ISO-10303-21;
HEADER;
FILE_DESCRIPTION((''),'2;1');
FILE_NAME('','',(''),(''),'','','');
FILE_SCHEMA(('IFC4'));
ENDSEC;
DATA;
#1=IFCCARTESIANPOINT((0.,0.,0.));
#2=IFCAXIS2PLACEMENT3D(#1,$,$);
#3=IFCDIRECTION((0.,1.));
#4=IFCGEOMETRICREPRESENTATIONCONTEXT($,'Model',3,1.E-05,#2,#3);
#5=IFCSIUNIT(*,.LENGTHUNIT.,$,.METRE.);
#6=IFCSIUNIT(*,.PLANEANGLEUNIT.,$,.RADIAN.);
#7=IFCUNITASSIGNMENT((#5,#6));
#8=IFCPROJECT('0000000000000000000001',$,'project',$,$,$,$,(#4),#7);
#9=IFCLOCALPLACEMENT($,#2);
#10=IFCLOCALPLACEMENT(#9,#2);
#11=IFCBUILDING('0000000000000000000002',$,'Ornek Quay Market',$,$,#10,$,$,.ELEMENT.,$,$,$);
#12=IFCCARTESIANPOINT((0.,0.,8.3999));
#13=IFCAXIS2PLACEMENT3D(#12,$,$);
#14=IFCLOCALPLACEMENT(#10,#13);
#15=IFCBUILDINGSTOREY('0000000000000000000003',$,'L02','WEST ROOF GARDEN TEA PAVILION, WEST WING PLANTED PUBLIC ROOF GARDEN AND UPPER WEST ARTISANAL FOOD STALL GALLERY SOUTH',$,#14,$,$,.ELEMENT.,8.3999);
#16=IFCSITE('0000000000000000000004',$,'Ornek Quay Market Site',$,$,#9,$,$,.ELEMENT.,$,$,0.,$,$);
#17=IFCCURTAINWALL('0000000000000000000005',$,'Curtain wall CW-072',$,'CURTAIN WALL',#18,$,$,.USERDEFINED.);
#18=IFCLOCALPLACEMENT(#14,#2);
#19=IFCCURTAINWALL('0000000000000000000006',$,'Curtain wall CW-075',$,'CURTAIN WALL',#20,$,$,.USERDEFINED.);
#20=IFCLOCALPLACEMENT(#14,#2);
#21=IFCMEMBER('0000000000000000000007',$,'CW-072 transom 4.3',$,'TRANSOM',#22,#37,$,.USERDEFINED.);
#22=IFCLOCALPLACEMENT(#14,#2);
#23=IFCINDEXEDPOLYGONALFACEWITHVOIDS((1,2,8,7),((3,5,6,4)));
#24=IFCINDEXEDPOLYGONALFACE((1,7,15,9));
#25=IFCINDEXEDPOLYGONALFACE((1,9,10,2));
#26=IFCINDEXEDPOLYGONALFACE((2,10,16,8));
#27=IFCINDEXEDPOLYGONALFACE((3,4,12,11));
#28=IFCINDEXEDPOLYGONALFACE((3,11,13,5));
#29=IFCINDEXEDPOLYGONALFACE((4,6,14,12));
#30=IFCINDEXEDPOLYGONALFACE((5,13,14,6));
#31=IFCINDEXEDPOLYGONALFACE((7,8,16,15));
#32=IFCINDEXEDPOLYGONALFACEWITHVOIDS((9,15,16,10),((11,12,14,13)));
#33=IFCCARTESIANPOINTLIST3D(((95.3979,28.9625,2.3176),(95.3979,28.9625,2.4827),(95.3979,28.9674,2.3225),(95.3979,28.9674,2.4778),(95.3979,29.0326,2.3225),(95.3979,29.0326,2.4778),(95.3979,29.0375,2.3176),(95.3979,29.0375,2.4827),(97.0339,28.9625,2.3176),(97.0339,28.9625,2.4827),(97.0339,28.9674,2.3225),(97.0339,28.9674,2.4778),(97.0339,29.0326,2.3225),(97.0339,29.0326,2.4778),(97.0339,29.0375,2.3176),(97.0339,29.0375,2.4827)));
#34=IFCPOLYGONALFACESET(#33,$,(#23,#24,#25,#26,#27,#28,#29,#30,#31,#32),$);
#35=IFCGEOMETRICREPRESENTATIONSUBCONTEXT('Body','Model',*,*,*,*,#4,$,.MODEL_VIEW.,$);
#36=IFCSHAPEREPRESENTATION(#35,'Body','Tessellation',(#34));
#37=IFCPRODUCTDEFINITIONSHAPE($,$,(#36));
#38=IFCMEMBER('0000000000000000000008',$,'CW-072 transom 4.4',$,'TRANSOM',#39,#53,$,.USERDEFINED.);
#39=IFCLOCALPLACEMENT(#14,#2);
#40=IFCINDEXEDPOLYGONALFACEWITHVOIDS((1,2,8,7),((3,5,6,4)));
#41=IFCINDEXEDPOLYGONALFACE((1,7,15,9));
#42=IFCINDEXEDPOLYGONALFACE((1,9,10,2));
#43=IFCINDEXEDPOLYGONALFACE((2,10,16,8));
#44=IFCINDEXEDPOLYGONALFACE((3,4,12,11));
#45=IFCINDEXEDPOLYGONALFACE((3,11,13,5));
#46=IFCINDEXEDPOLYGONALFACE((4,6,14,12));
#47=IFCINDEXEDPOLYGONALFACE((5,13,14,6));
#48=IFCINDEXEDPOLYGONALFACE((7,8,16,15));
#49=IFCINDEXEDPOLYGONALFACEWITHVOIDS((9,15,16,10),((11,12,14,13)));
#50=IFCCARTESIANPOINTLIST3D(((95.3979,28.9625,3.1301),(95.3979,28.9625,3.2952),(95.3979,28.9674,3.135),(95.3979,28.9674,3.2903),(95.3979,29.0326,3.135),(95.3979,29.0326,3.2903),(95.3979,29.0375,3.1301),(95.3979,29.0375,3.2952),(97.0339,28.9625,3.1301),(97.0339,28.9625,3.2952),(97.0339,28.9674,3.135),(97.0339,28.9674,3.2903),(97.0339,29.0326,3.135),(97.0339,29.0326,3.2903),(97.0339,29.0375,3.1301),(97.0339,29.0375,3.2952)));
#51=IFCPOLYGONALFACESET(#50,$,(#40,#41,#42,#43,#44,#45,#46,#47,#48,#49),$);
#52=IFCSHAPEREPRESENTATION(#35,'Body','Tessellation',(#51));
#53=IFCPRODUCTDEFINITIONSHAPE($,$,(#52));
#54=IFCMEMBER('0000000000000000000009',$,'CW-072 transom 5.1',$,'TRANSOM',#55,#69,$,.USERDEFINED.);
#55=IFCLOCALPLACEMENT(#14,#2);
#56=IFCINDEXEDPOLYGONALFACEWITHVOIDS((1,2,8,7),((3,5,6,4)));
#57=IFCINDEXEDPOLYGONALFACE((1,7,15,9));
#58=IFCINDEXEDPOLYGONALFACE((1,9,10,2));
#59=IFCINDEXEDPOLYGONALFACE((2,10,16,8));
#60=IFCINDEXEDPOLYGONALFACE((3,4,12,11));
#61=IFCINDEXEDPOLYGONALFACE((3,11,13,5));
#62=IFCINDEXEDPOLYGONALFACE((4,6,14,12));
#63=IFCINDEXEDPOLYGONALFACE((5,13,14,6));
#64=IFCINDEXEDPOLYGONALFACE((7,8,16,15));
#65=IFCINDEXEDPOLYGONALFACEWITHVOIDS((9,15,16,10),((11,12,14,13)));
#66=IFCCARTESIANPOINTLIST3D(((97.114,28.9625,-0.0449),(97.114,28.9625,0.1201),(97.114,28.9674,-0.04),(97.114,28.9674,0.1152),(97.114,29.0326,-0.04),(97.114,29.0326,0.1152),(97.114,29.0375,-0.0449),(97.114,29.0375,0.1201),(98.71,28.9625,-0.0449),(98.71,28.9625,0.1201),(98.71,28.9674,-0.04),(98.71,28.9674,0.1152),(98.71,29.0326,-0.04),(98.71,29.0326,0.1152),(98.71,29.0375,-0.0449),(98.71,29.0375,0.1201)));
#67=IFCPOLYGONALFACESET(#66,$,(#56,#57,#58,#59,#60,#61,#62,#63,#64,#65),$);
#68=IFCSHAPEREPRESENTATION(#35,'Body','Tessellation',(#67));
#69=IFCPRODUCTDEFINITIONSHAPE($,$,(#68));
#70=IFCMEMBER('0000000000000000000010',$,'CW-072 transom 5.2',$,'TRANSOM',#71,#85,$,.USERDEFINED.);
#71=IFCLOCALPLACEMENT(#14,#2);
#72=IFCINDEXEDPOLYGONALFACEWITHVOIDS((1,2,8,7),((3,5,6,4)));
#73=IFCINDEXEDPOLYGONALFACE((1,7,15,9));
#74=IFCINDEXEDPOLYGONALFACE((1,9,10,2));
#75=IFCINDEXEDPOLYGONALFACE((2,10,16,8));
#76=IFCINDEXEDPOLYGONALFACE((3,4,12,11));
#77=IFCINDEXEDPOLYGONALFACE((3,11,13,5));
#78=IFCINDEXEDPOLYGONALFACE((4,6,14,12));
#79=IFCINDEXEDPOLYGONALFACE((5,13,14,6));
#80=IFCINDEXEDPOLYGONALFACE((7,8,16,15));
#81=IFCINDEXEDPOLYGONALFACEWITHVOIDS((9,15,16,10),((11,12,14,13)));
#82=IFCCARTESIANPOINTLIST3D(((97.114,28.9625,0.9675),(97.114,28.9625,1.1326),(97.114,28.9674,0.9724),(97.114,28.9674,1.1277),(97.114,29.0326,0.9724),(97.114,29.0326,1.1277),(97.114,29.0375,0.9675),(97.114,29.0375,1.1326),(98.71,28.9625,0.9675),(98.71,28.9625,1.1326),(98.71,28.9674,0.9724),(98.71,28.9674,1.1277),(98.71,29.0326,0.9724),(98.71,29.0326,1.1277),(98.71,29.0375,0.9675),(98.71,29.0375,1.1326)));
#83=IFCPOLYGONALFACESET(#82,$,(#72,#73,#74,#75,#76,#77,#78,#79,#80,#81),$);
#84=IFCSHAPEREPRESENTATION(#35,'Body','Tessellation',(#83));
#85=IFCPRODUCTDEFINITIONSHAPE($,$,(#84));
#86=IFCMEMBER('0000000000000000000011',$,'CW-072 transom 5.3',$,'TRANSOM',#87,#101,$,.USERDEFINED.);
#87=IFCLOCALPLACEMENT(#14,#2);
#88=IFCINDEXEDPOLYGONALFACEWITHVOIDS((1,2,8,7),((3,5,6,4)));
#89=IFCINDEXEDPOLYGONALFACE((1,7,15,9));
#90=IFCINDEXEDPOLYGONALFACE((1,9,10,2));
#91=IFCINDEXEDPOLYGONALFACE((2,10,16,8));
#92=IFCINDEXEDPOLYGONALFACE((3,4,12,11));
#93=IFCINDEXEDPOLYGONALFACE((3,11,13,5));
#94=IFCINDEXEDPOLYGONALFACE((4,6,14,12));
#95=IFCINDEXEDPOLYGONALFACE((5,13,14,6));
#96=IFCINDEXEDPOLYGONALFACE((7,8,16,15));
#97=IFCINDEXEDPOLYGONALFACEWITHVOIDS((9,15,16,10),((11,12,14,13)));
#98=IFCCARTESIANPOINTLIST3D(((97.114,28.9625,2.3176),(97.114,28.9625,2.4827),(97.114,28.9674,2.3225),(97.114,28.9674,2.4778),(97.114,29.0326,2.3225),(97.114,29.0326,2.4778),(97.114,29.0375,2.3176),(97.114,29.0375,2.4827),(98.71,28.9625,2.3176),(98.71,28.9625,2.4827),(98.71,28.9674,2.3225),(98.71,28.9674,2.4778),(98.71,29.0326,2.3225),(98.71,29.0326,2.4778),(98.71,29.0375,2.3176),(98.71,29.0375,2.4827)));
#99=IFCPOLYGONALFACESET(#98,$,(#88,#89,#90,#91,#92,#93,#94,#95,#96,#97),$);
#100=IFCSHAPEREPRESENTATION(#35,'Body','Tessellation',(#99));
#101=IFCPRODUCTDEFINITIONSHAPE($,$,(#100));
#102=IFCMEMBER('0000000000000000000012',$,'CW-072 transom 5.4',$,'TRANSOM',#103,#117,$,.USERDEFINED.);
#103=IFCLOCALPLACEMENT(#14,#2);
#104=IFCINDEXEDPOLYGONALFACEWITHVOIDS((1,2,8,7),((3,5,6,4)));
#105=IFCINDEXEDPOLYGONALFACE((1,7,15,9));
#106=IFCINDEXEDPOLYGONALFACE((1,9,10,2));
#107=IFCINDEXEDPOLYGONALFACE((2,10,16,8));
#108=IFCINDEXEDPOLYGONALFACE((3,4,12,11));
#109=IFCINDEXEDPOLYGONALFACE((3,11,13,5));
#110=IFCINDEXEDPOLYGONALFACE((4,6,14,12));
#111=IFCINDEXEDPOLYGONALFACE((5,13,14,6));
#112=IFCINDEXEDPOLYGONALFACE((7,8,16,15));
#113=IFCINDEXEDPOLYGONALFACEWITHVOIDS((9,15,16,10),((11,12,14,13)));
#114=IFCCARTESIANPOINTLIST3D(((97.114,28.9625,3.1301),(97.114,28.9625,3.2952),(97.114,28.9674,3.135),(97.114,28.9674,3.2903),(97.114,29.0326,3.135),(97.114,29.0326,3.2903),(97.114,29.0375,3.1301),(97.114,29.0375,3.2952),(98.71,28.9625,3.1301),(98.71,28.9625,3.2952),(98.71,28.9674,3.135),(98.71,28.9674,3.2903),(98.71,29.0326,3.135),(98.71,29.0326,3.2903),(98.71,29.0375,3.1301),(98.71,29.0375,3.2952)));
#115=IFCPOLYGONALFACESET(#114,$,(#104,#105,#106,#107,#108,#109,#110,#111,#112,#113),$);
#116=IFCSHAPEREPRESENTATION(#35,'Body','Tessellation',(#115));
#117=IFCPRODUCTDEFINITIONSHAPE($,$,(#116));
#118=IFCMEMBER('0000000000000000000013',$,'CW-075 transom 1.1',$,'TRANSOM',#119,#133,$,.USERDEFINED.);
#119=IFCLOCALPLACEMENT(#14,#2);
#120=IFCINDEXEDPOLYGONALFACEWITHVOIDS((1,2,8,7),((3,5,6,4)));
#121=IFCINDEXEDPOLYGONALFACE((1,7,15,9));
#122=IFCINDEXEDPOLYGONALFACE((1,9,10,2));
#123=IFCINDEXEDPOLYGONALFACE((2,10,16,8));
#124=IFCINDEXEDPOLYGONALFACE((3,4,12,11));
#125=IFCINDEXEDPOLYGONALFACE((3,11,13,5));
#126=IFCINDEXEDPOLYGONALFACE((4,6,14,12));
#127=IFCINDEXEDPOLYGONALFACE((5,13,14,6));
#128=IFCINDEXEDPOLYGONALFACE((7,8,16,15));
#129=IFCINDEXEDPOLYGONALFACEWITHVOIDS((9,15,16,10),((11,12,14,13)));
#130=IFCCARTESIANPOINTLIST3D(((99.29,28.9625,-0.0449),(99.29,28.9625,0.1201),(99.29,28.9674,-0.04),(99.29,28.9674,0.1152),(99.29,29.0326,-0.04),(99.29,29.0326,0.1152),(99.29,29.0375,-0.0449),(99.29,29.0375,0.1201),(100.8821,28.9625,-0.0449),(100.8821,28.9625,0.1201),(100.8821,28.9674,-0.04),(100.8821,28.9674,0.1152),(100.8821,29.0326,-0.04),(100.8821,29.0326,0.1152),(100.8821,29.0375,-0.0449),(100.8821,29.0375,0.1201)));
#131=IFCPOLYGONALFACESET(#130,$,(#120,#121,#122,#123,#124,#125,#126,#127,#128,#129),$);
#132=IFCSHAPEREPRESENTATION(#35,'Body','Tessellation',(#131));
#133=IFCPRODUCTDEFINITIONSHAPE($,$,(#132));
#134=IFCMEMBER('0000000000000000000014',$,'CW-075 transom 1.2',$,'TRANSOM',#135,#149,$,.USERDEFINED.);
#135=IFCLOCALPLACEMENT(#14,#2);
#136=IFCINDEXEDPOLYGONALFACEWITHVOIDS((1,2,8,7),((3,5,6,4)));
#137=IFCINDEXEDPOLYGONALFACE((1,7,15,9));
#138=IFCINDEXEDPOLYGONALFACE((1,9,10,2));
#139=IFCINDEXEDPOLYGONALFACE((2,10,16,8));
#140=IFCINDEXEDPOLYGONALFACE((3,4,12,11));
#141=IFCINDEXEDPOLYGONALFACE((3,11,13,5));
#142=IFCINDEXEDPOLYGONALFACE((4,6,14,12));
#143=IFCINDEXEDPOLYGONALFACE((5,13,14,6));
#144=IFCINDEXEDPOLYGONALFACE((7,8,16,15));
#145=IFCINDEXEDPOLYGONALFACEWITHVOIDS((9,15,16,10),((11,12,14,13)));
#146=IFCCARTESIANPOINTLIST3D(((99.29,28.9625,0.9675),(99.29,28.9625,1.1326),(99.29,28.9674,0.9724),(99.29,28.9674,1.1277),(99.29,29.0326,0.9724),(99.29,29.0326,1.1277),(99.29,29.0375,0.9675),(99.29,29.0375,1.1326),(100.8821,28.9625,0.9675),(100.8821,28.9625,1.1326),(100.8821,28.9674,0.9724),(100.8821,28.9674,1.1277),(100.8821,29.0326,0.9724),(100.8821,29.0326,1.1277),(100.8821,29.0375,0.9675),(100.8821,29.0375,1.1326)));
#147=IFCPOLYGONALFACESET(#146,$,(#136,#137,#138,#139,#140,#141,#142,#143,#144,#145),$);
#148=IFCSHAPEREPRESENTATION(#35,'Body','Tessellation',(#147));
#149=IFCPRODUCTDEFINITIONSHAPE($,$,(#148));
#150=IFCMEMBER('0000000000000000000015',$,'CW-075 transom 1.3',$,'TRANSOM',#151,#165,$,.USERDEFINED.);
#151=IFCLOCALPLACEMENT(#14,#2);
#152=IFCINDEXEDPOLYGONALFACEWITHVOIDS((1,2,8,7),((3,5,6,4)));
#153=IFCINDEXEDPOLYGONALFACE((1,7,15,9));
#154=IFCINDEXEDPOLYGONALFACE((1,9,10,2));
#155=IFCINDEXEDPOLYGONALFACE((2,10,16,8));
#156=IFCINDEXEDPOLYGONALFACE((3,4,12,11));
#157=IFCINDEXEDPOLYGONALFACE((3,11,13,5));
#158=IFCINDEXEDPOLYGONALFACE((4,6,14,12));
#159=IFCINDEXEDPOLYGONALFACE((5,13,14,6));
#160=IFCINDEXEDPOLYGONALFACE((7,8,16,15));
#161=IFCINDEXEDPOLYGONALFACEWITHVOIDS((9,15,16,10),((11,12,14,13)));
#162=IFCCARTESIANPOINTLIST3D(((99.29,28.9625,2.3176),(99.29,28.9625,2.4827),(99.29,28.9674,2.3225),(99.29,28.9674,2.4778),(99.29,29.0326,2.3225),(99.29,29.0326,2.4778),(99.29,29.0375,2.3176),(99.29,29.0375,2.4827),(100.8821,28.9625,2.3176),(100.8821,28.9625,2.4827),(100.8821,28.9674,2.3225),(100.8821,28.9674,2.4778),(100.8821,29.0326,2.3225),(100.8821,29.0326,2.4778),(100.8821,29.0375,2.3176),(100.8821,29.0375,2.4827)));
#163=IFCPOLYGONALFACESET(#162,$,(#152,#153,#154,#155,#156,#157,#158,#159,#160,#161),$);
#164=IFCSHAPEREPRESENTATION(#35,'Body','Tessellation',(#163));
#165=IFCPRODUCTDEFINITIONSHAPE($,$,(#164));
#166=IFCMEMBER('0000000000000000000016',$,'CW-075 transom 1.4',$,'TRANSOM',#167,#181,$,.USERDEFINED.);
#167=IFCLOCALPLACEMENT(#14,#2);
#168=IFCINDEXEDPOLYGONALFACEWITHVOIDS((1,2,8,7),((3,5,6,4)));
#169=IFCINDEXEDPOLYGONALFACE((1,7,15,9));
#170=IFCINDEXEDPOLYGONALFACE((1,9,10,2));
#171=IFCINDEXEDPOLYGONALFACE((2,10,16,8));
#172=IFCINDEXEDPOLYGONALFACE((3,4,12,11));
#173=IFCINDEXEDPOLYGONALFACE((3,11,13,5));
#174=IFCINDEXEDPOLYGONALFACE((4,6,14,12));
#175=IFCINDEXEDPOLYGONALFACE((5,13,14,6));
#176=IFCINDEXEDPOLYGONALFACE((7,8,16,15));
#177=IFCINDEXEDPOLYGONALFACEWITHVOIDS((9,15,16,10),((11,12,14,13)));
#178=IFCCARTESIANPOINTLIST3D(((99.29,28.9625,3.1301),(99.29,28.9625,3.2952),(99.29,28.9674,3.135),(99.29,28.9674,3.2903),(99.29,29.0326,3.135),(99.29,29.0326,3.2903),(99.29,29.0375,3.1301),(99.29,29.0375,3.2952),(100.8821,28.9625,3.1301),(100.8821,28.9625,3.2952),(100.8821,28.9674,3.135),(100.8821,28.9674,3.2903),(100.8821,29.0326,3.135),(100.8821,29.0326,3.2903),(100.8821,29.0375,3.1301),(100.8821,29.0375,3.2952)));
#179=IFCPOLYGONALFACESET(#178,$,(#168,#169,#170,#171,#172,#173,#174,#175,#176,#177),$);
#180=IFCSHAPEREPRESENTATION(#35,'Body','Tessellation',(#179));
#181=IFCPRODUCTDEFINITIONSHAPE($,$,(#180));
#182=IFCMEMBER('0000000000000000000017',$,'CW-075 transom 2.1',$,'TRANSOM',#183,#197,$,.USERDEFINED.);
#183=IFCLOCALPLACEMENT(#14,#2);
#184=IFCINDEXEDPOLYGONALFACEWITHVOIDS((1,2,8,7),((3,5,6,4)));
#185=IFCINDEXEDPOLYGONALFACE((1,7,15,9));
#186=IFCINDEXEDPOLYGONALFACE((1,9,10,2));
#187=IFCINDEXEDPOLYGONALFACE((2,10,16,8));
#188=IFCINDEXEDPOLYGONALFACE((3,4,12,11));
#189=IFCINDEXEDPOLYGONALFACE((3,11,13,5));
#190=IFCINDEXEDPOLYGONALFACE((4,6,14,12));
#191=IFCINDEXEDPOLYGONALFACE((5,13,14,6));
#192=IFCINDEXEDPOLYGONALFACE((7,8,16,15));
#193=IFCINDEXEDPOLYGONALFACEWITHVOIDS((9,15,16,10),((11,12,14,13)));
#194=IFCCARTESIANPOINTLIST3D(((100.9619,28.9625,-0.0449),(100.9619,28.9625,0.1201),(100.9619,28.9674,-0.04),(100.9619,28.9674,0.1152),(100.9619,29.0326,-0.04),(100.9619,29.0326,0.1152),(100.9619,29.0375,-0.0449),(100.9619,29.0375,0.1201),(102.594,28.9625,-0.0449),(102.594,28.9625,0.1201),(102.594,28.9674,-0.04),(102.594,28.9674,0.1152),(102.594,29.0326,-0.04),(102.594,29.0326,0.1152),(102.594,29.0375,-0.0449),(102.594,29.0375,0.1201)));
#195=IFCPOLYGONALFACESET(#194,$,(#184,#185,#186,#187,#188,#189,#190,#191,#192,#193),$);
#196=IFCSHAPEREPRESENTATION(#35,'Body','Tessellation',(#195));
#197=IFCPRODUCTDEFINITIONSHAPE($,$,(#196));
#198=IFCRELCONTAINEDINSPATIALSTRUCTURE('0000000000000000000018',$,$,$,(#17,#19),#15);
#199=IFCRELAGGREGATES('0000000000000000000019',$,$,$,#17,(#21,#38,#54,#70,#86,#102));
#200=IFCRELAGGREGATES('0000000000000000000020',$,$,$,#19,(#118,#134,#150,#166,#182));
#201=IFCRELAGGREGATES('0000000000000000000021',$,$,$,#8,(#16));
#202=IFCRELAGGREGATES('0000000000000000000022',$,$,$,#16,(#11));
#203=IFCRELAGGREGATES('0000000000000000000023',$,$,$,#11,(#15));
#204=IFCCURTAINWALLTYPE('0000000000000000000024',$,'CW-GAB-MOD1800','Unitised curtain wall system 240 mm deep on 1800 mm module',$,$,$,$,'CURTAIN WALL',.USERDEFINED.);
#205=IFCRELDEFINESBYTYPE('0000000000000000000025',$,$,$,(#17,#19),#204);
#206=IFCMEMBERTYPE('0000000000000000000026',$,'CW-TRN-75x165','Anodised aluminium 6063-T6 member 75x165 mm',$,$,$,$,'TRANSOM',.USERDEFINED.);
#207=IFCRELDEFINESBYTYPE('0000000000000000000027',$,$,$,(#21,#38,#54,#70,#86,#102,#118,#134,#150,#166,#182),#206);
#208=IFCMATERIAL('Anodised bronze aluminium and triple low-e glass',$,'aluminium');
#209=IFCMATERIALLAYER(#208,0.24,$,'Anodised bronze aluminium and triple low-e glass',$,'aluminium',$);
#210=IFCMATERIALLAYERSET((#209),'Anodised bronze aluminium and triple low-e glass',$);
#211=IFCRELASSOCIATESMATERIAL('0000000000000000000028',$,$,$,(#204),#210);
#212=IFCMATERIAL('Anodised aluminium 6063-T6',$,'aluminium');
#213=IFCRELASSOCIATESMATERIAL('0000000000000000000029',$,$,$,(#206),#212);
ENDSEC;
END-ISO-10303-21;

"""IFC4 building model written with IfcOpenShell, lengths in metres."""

from ifc_helpers import new_model, si_unit, direction, frame, origin, origin_2d, place, context, subcontext, project, spatial, hollow_rectangle, extrude, material, layer, layer_set, material_profile, profile_set, type_object, element, aggregate, save


model = new_model("IFC4")

# Units and contexts
model_context = context("Model", 3, precision=1e-05, world=origin(), true_north=direction((0.0, 1.0)))
body_context = subcontext(model_context, "Body", "Model", "MODEL_VIEW")
ifc_project = project(units=[si_unit("LENGTHUNIT", "METRE"), si_unit("PLANEANGLEUNIT", "RADIAN")], contexts=[model_context])

# Site, building, storey
site_placement = place(None, origin())
site = spatial("IfcSite", under=ifc_project, at=site_placement, Name="Ornek Quay Market Site", CompositionType="ELEMENT", RefElevation=0.0)
building_placement = place(site_placement, origin())
building = spatial("IfcBuilding", under=site, at=building_placement, Name="Ornek Quay Market", CompositionType="ELEMENT")
storey_placement = place(building_placement, frame((0.0, 0.0, 8.3999)))
storey = spatial("IfcBuildingStorey", under=building, at=storey_placement, Name="L02", Description="WEST ROOF GARDEN TEA PAVILION, WEST WING PLANTED PUBLIC ROOF GARDEN AND UPPER WEST ARTISANAL FOOD STALL GALLERY SOUTH", CompositionType="ELEMENT", Elevation=8.3999)

# Curtain walls
ifc_material_1 = material(Name="Anodised bronze aluminium and triple low-e glass", Category="aluminium")
ifc_layer_1 = layer(ifc_material_1, 0.24, Name="Anodised bronze aluminium and triple low-e glass", Category="aluminium")
ifc_layer_set_1 = layer_set([ifc_layer_1], Name="Anodised bronze aluminium and triple low-e glass")
curtain_wall_type = type_object("IfcCurtainWallType", Name="CW-GAB-MOD1800", Description="Unitised curtain wall system 240 mm deep on 1800 mm module", ElementType="CURTAIN WALL", PredefinedType="USERDEFINED", material=ifc_layer_set_1)
curtain_wall_1_placement = place(storey_placement, origin())
curtain_wall_1 = element("IfcCurtainWall", 1, at=curtain_wall_1_placement, inside=storey, type_object=curtain_wall_type, Name="Curtain wall CW-072", ObjectType="CURTAIN WALL", PredefinedType="USERDEFINED")
ifc_material_2 = material(Name="Anodised aluminium 6063-T6", Category="aluminium")
curtain_wall_2_placement = place(storey_placement, origin())
curtain_wall_2 = element("IfcCurtainWall", 2, at=curtain_wall_2_placement, inside=storey, type_object=curtain_wall_type, Name="Curtain wall CW-075", ObjectType="CURTAIN WALL", PredefinedType="USERDEFINED")

# Members
ifc_material_profile_1 = material_profile(ifc_material_2, hollow_rectangle(XDim=0.075, YDim=0.165, WallThickness=0.0049, at=origin_2d()), Name="CW-TRN-75x165", Category="aluminium")
ifc_profile_set_1 = profile_set([ifc_material_profile_1], Name="Anodised aluminium 6063-T6")
member_type_1 = type_object("IfcMemberType", Name="CW-TRN-75x165", Description="Anodised aluminium 6063-T6 member 75x165 mm", ElementType="TRANSOM", PredefinedType="USERDEFINED", material=ifc_profile_set_1)
member_1_placement = place(storey_placement, frame((95.3979, 29.0, 2.4001), z_axis=(1.0, 0.0, 0.0), x_axis=(0.0, 1.0, 0.0)))
member_1 = element("IfcMember", 3, at=member_1_placement, type_object=member_type_1, Name="CW-072 transom 4.3", ObjectType="TRANSOM", PredefinedType="USERDEFINED", context=body_context, shape_type="SweptSolid", body=[
    extrude(hollow_rectangle(XDim=0.075, YDim=0.165, WallThickness=0.0049, at=origin_2d()), origin(), (0.0, 0.0, 1.0), 1.636),
])
member_2_placement = place(storey_placement, frame((95.3979, 29.0, 3.2126), z_axis=(1.0, 0.0, 0.0), x_axis=(0.0, 1.0, 0.0)))
member_2 = element("IfcMember", 4, at=member_2_placement, type_object=member_type_1, Name="CW-072 transom 4.4", ObjectType="TRANSOM", PredefinedType="USERDEFINED", context=body_context, shape_type="SweptSolid", body=[
    extrude(hollow_rectangle(XDim=0.075, YDim=0.165, WallThickness=0.0049, at=origin_2d()), origin(), (0.0, 0.0, 1.0), 1.636),
])
member_3_placement = place(storey_placement, frame((97.114, 29.0, 0.0376), z_axis=(1.0, 0.0, 0.0), x_axis=(0.0, 1.0, 0.0)))
member_3 = element("IfcMember", 5, at=member_3_placement, type_object=member_type_1, Name="CW-072 transom 5.1", ObjectType="TRANSOM", PredefinedType="USERDEFINED", context=body_context, shape_type="SweptSolid", body=[
    extrude(hollow_rectangle(XDim=0.075, YDim=0.165, WallThickness=0.0049, at=origin_2d()), origin(), (0.0, 0.0, 1.0), 1.5959),
])
member_4_placement = place(storey_placement, frame((97.114, 29.0, 1.05), z_axis=(1.0, 0.0, 0.0), x_axis=(0.0, 1.0, 0.0)))
member_4 = element("IfcMember", 6, at=member_4_placement, type_object=member_type_1, Name="CW-072 transom 5.2", ObjectType="TRANSOM", PredefinedType="USERDEFINED", context=body_context, shape_type="SweptSolid", body=[
    extrude(hollow_rectangle(XDim=0.075, YDim=0.165, WallThickness=0.0049, at=origin_2d()), origin(), (0.0, 0.0, 1.0), 1.5959),
])
member_5_placement = place(storey_placement, frame((97.114, 29.0, 2.4001), z_axis=(1.0, 0.0, 0.0), x_axis=(0.0, 1.0, 0.0)))
member_5 = element("IfcMember", 7, at=member_5_placement, type_object=member_type_1, Name="CW-072 transom 5.3", ObjectType="TRANSOM", PredefinedType="USERDEFINED", context=body_context, shape_type="SweptSolid", body=[
    extrude(hollow_rectangle(XDim=0.075, YDim=0.165, WallThickness=0.0049, at=origin_2d()), origin(), (0.0, 0.0, 1.0), 1.5959),
])
member_6_placement = place(storey_placement, frame((97.114, 29.0, 3.2126), z_axis=(1.0, 0.0, 0.0), x_axis=(0.0, 1.0, 0.0)))
member_6 = element("IfcMember", 8, at=member_6_placement, type_object=member_type_1, Name="CW-072 transom 5.4", ObjectType="TRANSOM", PredefinedType="USERDEFINED", context=body_context, shape_type="SweptSolid", body=[
    extrude(hollow_rectangle(XDim=0.075, YDim=0.165, WallThickness=0.0049, at=origin_2d()), origin(), (0.0, 0.0, 1.0), 1.5959),
])
member_7_placement = place(storey_placement, frame((99.29, 29.0, 0.0376), z_axis=(1.0, 0.0, 0.0), x_axis=(0.0, 1.0, 0.0)))
member_7 = element("IfcMember", 9, at=member_7_placement, type_object=member_type_1, Name="CW-075 transom 1.1", ObjectType="TRANSOM", PredefinedType="USERDEFINED", context=body_context, shape_type="SweptSolid", body=[
    extrude(hollow_rectangle(XDim=0.075, YDim=0.165, WallThickness=0.0049, at=origin_2d()), origin(), (0.0, 0.0, 1.0), 1.592),
])
member_8_placement = place(storey_placement, frame((99.29, 29.0, 1.05), z_axis=(1.0, 0.0, 0.0), x_axis=(0.0, 1.0, 0.0)))
member_8 = element("IfcMember", 10, at=member_8_placement, type_object=member_type_1, Name="CW-075 transom 1.2", ObjectType="TRANSOM", PredefinedType="USERDEFINED", context=body_context, shape_type="SweptSolid", body=[
    extrude(hollow_rectangle(XDim=0.075, YDim=0.165, WallThickness=0.0049, at=origin_2d()), origin(), (0.0, 0.0, 1.0), 1.592),
])
member_9_placement = place(storey_placement, frame((99.29, 29.0, 2.4001), z_axis=(1.0, 0.0, 0.0), x_axis=(0.0, 1.0, 0.0)))
member_9 = element("IfcMember", 11, at=member_9_placement, type_object=member_type_1, Name="CW-075 transom 1.3", ObjectType="TRANSOM", PredefinedType="USERDEFINED", context=body_context, shape_type="SweptSolid", body=[
    extrude(hollow_rectangle(XDim=0.075, YDim=0.165, WallThickness=0.0049, at=origin_2d()), origin(), (0.0, 0.0, 1.0), 1.592),
])
member_10_placement = place(storey_placement, frame((99.29, 29.0, 3.2126), z_axis=(1.0, 0.0, 0.0), x_axis=(0.0, 1.0, 0.0)))
member_10 = element("IfcMember", 12, at=member_10_placement, type_object=member_type_1, Name="CW-075 transom 1.4", ObjectType="TRANSOM", PredefinedType="USERDEFINED", context=body_context, shape_type="SweptSolid", body=[
    extrude(hollow_rectangle(XDim=0.075, YDim=0.165, WallThickness=0.0049, at=origin_2d()), origin(), (0.0, 0.0, 1.0), 1.592),
])
member_11_placement = place(storey_placement, frame((100.9619, 29.0, 0.0376), z_axis=(1.0, 0.0, 0.0), x_axis=(0.0, 1.0, 0.0)))
member_11 = element("IfcMember", 13, at=member_11_placement, type_object=member_type_1, Name="CW-075 transom 2.1", ObjectType="TRANSOM", PredefinedType="USERDEFINED", context=body_context, shape_type="SweptSolid", body=[
    extrude(hollow_rectangle(XDim=0.075, YDim=0.165, WallThickness=0.0049, at=origin_2d()), origin(), (0.0, 0.0, 1.0), 1.6321),
])

aggregate(curtain_wall_1, [member_1, member_2, member_3, member_4, member_5, member_6])
aggregate(curtain_wall_2, [member_7, member_8, member_9, member_10, member_11])

save(model, "model.ifc")
